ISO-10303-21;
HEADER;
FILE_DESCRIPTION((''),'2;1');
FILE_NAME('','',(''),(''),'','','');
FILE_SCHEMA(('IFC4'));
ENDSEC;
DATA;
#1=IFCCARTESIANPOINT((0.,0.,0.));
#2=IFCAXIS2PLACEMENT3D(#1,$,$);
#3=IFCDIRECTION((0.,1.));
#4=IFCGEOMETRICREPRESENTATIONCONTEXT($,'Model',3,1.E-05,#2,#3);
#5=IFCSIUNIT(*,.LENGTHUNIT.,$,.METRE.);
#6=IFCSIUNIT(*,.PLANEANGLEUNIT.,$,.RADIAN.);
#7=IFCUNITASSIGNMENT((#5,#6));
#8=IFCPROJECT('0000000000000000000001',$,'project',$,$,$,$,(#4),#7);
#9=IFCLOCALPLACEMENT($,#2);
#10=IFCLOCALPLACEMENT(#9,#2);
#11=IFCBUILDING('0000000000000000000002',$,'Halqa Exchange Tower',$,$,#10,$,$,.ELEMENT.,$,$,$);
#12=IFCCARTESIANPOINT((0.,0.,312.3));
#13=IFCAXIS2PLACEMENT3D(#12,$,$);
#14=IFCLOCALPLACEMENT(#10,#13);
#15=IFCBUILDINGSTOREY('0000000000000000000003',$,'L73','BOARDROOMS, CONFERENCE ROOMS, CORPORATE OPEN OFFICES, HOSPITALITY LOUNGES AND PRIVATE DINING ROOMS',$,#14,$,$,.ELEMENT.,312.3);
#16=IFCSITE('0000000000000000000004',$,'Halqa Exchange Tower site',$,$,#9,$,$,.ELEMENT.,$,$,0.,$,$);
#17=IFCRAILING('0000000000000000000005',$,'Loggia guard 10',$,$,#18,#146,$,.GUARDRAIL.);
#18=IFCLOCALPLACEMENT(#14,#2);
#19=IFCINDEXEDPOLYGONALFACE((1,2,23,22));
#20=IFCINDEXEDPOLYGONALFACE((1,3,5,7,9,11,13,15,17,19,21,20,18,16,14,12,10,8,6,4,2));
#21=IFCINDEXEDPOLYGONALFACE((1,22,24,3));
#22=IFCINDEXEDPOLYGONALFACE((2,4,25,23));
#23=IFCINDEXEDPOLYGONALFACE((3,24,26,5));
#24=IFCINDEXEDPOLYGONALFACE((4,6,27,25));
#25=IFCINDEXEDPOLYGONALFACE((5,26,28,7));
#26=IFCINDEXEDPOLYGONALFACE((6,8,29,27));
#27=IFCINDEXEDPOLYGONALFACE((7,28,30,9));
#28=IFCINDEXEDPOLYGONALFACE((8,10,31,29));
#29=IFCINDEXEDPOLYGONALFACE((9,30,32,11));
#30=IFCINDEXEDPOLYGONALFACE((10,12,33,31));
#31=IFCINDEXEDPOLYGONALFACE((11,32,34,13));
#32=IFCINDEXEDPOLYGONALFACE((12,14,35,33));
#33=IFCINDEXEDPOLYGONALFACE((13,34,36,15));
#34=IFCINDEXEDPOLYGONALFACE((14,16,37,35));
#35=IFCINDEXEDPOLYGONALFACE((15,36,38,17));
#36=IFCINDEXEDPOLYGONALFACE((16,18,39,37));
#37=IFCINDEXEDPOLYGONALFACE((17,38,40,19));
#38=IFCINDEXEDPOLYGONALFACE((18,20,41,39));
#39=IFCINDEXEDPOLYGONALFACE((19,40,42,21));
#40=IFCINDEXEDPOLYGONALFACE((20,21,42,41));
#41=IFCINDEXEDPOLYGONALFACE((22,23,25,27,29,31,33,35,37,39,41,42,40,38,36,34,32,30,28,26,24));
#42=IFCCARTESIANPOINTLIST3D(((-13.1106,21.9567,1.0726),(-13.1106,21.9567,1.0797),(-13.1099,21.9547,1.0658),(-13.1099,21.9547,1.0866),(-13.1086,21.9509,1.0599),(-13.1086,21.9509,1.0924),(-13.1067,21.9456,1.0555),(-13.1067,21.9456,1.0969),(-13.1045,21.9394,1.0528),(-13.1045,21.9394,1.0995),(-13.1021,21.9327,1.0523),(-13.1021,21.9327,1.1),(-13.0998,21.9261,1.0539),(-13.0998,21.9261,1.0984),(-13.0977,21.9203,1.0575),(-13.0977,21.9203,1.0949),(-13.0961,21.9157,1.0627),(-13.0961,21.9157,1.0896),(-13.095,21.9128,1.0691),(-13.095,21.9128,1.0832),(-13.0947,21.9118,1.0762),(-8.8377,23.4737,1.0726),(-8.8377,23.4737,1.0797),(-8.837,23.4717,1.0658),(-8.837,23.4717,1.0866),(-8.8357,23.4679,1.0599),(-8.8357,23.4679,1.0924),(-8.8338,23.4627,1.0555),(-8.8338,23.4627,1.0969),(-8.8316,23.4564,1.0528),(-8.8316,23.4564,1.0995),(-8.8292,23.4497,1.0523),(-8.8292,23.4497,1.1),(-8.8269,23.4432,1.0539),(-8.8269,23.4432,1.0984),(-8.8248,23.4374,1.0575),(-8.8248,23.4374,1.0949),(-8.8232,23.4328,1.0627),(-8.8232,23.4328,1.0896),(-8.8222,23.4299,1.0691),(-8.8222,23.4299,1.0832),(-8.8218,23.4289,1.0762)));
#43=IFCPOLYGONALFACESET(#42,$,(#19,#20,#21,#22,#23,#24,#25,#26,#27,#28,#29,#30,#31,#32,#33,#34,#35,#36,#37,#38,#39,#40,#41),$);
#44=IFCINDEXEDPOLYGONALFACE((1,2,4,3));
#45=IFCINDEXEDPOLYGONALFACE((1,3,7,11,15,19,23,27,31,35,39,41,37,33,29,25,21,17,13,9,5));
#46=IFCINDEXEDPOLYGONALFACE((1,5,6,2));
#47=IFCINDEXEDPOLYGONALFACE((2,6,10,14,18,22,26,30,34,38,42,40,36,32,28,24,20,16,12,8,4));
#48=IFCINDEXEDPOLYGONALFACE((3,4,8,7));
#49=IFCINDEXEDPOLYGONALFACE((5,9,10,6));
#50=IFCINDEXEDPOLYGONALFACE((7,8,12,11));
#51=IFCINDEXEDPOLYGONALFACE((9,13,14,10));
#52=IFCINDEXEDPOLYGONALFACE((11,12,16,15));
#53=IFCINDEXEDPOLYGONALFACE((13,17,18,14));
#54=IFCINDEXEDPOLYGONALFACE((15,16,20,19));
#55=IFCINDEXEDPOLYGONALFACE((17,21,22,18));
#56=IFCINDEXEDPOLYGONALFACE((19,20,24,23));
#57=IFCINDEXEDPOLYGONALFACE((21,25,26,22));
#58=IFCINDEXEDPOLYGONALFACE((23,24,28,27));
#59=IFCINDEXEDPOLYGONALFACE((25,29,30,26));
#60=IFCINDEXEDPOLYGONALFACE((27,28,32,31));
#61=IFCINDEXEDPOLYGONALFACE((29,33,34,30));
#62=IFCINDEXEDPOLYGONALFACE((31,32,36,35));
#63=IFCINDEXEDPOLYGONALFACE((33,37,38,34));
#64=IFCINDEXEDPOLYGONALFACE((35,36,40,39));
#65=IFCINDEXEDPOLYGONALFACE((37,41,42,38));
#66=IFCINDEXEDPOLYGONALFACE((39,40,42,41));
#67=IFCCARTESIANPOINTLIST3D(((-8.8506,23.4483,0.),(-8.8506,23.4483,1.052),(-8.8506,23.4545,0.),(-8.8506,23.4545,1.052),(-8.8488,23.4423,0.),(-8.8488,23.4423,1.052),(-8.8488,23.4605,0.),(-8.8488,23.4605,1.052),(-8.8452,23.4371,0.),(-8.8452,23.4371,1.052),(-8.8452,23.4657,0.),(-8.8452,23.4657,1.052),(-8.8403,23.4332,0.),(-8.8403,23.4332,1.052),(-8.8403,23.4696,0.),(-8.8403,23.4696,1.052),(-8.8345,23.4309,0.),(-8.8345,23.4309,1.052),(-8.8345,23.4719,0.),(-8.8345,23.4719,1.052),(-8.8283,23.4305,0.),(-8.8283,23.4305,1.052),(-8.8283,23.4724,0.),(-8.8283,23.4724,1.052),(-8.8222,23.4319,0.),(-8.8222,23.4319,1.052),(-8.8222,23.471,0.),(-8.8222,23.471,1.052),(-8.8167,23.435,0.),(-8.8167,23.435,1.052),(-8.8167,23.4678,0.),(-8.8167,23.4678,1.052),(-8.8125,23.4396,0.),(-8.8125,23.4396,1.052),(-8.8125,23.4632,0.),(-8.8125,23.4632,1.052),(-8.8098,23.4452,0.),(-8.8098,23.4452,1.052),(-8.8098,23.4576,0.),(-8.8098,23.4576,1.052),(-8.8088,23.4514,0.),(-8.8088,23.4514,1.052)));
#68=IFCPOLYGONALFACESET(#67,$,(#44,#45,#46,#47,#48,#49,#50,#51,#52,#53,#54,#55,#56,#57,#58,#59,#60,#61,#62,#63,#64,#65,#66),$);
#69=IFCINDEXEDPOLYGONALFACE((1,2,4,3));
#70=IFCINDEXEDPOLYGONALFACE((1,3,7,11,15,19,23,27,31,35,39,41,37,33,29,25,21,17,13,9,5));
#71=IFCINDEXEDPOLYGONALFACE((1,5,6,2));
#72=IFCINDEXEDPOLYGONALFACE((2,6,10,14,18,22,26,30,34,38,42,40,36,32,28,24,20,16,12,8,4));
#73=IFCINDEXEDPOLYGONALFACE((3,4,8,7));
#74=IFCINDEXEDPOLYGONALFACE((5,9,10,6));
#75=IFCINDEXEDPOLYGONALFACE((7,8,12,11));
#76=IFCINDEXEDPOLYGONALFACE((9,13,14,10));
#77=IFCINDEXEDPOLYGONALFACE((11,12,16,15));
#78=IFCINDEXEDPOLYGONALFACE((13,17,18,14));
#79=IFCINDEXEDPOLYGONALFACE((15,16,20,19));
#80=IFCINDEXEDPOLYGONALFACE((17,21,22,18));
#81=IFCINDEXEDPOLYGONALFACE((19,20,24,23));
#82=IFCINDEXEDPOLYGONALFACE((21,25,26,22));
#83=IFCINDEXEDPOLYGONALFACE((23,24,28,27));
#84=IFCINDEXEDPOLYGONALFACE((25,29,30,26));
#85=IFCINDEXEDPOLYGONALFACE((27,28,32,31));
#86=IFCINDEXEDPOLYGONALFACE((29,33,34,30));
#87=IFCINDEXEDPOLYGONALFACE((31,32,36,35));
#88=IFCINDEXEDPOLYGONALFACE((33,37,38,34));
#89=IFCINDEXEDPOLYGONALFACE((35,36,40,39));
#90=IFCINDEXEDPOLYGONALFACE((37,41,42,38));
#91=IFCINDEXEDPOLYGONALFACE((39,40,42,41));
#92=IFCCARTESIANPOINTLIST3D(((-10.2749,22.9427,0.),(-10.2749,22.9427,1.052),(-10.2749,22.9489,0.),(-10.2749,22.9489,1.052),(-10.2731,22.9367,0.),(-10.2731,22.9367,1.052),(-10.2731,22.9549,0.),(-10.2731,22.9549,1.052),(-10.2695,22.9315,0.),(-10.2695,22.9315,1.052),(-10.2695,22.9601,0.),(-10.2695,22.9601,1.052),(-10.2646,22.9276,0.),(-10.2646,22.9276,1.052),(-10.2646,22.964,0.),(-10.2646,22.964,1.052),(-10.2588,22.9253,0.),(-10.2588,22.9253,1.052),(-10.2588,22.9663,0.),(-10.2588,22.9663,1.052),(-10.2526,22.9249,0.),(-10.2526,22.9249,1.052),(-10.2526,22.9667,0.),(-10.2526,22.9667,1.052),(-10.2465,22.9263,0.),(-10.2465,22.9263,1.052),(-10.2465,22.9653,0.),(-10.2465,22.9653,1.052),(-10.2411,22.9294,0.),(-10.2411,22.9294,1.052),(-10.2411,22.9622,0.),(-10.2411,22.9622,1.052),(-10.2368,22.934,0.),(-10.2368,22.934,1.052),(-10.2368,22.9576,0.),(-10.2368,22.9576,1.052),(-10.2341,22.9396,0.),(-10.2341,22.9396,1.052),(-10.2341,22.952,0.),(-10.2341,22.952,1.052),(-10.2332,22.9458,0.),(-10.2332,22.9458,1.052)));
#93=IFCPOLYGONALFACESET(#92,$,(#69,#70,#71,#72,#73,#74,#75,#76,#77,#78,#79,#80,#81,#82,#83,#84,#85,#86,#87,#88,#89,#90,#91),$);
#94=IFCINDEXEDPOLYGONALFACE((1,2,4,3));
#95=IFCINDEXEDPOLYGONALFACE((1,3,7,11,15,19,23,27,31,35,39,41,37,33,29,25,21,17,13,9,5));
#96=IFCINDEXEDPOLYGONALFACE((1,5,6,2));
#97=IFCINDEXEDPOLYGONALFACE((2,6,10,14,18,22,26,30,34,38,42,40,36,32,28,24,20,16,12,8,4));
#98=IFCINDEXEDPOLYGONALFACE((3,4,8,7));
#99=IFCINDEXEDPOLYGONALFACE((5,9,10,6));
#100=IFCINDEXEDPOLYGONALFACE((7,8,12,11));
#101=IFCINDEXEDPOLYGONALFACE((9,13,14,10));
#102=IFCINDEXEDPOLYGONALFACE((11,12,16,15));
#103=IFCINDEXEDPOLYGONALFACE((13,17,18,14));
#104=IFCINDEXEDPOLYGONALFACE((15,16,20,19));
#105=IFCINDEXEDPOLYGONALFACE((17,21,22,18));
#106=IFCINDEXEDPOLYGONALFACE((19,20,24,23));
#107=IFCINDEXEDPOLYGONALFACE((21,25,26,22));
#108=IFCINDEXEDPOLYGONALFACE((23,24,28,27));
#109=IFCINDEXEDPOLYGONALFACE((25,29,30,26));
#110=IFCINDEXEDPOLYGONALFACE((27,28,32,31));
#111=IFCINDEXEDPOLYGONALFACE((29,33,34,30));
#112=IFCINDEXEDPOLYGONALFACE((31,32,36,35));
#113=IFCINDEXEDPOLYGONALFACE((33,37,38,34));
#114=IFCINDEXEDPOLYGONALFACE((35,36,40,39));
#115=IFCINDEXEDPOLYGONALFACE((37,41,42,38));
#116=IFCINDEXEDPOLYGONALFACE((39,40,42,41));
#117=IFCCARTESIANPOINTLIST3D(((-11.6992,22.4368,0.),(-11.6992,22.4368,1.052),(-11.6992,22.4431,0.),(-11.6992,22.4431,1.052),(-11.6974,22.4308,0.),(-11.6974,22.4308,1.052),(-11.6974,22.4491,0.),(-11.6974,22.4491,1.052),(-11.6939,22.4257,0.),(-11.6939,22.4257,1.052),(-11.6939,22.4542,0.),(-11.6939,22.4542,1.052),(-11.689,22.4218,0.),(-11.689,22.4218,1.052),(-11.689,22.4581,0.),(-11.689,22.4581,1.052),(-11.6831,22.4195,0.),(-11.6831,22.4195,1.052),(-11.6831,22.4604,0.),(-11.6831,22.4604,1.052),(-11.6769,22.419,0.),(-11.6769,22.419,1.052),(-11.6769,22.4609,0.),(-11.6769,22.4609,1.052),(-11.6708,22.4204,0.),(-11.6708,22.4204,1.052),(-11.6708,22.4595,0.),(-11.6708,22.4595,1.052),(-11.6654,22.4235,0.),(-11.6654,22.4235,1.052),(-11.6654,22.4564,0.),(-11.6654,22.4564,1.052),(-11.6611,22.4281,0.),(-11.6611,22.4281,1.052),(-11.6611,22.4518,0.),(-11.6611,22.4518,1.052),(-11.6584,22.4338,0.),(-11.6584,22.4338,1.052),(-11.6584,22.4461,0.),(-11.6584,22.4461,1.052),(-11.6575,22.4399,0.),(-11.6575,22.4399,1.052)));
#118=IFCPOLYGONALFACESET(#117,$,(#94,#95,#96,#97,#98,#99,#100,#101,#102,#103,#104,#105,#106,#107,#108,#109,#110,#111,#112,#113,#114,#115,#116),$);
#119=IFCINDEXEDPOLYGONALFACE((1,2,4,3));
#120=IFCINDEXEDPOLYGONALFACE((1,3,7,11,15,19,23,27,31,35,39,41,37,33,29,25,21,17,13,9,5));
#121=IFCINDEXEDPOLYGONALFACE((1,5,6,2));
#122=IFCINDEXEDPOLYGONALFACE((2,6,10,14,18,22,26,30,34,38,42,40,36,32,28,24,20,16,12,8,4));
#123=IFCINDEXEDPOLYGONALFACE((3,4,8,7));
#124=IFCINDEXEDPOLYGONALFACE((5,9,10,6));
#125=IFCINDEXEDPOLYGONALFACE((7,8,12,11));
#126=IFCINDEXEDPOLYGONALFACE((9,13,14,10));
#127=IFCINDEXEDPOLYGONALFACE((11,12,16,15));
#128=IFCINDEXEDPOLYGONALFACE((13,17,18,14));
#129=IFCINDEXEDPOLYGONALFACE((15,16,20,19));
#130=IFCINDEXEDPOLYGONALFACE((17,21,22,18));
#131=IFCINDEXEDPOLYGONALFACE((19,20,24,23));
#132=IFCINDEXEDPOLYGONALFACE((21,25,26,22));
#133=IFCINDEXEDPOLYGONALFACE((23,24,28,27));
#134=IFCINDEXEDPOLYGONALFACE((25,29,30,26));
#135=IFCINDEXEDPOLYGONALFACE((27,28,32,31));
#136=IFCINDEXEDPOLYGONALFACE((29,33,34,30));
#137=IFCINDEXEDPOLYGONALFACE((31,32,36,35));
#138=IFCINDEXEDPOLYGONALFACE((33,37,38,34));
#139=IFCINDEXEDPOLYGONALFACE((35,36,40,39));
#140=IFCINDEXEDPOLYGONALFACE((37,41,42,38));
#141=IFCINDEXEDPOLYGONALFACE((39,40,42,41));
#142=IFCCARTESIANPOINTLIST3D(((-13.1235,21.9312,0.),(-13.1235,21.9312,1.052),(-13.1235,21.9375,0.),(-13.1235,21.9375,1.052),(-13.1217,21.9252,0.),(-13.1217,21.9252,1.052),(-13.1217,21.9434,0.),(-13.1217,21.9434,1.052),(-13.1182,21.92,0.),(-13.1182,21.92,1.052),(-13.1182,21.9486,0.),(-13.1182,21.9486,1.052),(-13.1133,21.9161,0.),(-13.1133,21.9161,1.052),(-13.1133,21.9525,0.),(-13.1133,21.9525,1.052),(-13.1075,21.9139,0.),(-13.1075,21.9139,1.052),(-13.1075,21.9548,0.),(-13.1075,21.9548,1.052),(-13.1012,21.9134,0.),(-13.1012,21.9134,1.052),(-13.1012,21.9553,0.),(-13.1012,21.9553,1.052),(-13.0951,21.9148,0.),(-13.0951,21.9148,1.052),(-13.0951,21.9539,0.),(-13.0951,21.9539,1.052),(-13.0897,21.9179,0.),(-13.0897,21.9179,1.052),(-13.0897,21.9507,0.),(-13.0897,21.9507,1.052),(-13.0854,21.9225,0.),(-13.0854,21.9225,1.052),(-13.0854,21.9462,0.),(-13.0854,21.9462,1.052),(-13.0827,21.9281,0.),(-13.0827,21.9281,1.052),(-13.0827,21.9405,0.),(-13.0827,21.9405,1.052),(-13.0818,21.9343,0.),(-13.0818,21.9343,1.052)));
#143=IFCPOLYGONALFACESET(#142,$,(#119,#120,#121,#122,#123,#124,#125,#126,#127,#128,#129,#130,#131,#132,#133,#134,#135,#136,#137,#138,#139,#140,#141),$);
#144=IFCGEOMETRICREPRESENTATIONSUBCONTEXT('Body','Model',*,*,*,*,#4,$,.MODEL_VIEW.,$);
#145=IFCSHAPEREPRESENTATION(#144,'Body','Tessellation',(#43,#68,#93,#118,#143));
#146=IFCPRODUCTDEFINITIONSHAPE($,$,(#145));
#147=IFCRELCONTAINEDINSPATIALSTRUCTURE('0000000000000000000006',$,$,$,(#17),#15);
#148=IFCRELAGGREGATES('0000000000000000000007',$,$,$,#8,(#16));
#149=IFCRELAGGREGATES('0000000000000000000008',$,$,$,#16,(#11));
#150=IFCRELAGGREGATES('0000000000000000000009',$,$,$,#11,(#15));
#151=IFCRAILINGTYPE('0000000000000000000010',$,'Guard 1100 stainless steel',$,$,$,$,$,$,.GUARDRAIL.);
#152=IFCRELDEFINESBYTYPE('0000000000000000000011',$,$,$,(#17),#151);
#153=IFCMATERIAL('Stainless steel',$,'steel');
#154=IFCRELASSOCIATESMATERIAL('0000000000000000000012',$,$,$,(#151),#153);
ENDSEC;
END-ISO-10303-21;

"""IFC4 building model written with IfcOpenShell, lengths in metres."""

from ifc_helpers import new_model, si_unit, direction, frame, origin, origin_2d, place, context, subcontext, project, spatial, circle, extrude, material, type_object, element, save


model = new_model("IFC4")

# Units and contexts
model_context = context("Model", 3, precision=1e-05, world=origin(), true_north=direction((0.0, 1.0)))
body_context = subcontext(model_context, "Body", "Model", "MODEL_VIEW")
ifc_project = project(units=[si_unit("LENGTHUNIT", "METRE"), si_unit("PLANEANGLEUNIT", "RADIAN")], contexts=[model_context])

# Site, building, storey
site_placement = place(None, origin())
site = spatial("IfcSite", under=ifc_project, at=site_placement, Name="Halqa Exchange Tower site", CompositionType="ELEMENT", RefElevation=0.0)
building_placement = place(site_placement, origin())
building = spatial("IfcBuilding", under=site, at=building_placement, Name="Halqa Exchange Tower", CompositionType="ELEMENT")
storey_placement = place(building_placement, frame((0.0, 0.0, 312.3)))
storey = spatial("IfcBuildingStorey", under=building, at=storey_placement, Name="L73", Description="BOARDROOMS, CONFERENCE ROOMS, CORPORATE OPEN OFFICES, HOSPITALITY LOUNGES AND PRIVATE DINING ROOMS", CompositionType="ELEMENT", Elevation=312.3)

# Railing
ifc_material_1 = material(Name="Stainless steel", Category="steel")
railing_type_1 = type_object("IfcRailingType", Name="Guard 1100 stainless steel", PredefinedType="GUARDRAIL", material=ifc_material_1)
railing_1_placement = place(storey_placement, frame((-8.8298, 23.4514, 0.0)))
element("IfcRailing", 1, at=railing_1_placement, inside=storey, type_object=railing_type_1, Name="Loggia guard 10", PredefinedType="GUARDRAIL", context=body_context, shape_type="SweptSolid", body=[
    extrude(circle(Radius=0.0239, at=origin_2d()), frame((0.0, 0.0, 1.0762), z_axis=(-0.942366, -0.334583, 0.0), x_axis=(0.334583, -0.942366, 0.0)), (0.0, 0.0, 1.0), 4.5342),
    extrude(circle(Radius=0.021, at=origin_2d()), origin(), (0.0, 0.0, 1.0), 1.052),
    extrude(circle(Radius=0.021, at=origin_2d()), frame((-1.4243, -0.5056, 0.0)), (0.0, 0.0, 1.0), 1.052),
    extrude(circle(Radius=0.021, at=origin_2d()), frame((-2.8486, -1.0115, 0.0)), (0.0, 0.0, 1.0), 1.052),
    extrude(circle(Radius=0.021, at=origin_2d()), frame((-4.2729, -1.5171, 0.0)), (0.0, 0.0, 1.0), 1.052),
])

save(model, "model.ifc")
